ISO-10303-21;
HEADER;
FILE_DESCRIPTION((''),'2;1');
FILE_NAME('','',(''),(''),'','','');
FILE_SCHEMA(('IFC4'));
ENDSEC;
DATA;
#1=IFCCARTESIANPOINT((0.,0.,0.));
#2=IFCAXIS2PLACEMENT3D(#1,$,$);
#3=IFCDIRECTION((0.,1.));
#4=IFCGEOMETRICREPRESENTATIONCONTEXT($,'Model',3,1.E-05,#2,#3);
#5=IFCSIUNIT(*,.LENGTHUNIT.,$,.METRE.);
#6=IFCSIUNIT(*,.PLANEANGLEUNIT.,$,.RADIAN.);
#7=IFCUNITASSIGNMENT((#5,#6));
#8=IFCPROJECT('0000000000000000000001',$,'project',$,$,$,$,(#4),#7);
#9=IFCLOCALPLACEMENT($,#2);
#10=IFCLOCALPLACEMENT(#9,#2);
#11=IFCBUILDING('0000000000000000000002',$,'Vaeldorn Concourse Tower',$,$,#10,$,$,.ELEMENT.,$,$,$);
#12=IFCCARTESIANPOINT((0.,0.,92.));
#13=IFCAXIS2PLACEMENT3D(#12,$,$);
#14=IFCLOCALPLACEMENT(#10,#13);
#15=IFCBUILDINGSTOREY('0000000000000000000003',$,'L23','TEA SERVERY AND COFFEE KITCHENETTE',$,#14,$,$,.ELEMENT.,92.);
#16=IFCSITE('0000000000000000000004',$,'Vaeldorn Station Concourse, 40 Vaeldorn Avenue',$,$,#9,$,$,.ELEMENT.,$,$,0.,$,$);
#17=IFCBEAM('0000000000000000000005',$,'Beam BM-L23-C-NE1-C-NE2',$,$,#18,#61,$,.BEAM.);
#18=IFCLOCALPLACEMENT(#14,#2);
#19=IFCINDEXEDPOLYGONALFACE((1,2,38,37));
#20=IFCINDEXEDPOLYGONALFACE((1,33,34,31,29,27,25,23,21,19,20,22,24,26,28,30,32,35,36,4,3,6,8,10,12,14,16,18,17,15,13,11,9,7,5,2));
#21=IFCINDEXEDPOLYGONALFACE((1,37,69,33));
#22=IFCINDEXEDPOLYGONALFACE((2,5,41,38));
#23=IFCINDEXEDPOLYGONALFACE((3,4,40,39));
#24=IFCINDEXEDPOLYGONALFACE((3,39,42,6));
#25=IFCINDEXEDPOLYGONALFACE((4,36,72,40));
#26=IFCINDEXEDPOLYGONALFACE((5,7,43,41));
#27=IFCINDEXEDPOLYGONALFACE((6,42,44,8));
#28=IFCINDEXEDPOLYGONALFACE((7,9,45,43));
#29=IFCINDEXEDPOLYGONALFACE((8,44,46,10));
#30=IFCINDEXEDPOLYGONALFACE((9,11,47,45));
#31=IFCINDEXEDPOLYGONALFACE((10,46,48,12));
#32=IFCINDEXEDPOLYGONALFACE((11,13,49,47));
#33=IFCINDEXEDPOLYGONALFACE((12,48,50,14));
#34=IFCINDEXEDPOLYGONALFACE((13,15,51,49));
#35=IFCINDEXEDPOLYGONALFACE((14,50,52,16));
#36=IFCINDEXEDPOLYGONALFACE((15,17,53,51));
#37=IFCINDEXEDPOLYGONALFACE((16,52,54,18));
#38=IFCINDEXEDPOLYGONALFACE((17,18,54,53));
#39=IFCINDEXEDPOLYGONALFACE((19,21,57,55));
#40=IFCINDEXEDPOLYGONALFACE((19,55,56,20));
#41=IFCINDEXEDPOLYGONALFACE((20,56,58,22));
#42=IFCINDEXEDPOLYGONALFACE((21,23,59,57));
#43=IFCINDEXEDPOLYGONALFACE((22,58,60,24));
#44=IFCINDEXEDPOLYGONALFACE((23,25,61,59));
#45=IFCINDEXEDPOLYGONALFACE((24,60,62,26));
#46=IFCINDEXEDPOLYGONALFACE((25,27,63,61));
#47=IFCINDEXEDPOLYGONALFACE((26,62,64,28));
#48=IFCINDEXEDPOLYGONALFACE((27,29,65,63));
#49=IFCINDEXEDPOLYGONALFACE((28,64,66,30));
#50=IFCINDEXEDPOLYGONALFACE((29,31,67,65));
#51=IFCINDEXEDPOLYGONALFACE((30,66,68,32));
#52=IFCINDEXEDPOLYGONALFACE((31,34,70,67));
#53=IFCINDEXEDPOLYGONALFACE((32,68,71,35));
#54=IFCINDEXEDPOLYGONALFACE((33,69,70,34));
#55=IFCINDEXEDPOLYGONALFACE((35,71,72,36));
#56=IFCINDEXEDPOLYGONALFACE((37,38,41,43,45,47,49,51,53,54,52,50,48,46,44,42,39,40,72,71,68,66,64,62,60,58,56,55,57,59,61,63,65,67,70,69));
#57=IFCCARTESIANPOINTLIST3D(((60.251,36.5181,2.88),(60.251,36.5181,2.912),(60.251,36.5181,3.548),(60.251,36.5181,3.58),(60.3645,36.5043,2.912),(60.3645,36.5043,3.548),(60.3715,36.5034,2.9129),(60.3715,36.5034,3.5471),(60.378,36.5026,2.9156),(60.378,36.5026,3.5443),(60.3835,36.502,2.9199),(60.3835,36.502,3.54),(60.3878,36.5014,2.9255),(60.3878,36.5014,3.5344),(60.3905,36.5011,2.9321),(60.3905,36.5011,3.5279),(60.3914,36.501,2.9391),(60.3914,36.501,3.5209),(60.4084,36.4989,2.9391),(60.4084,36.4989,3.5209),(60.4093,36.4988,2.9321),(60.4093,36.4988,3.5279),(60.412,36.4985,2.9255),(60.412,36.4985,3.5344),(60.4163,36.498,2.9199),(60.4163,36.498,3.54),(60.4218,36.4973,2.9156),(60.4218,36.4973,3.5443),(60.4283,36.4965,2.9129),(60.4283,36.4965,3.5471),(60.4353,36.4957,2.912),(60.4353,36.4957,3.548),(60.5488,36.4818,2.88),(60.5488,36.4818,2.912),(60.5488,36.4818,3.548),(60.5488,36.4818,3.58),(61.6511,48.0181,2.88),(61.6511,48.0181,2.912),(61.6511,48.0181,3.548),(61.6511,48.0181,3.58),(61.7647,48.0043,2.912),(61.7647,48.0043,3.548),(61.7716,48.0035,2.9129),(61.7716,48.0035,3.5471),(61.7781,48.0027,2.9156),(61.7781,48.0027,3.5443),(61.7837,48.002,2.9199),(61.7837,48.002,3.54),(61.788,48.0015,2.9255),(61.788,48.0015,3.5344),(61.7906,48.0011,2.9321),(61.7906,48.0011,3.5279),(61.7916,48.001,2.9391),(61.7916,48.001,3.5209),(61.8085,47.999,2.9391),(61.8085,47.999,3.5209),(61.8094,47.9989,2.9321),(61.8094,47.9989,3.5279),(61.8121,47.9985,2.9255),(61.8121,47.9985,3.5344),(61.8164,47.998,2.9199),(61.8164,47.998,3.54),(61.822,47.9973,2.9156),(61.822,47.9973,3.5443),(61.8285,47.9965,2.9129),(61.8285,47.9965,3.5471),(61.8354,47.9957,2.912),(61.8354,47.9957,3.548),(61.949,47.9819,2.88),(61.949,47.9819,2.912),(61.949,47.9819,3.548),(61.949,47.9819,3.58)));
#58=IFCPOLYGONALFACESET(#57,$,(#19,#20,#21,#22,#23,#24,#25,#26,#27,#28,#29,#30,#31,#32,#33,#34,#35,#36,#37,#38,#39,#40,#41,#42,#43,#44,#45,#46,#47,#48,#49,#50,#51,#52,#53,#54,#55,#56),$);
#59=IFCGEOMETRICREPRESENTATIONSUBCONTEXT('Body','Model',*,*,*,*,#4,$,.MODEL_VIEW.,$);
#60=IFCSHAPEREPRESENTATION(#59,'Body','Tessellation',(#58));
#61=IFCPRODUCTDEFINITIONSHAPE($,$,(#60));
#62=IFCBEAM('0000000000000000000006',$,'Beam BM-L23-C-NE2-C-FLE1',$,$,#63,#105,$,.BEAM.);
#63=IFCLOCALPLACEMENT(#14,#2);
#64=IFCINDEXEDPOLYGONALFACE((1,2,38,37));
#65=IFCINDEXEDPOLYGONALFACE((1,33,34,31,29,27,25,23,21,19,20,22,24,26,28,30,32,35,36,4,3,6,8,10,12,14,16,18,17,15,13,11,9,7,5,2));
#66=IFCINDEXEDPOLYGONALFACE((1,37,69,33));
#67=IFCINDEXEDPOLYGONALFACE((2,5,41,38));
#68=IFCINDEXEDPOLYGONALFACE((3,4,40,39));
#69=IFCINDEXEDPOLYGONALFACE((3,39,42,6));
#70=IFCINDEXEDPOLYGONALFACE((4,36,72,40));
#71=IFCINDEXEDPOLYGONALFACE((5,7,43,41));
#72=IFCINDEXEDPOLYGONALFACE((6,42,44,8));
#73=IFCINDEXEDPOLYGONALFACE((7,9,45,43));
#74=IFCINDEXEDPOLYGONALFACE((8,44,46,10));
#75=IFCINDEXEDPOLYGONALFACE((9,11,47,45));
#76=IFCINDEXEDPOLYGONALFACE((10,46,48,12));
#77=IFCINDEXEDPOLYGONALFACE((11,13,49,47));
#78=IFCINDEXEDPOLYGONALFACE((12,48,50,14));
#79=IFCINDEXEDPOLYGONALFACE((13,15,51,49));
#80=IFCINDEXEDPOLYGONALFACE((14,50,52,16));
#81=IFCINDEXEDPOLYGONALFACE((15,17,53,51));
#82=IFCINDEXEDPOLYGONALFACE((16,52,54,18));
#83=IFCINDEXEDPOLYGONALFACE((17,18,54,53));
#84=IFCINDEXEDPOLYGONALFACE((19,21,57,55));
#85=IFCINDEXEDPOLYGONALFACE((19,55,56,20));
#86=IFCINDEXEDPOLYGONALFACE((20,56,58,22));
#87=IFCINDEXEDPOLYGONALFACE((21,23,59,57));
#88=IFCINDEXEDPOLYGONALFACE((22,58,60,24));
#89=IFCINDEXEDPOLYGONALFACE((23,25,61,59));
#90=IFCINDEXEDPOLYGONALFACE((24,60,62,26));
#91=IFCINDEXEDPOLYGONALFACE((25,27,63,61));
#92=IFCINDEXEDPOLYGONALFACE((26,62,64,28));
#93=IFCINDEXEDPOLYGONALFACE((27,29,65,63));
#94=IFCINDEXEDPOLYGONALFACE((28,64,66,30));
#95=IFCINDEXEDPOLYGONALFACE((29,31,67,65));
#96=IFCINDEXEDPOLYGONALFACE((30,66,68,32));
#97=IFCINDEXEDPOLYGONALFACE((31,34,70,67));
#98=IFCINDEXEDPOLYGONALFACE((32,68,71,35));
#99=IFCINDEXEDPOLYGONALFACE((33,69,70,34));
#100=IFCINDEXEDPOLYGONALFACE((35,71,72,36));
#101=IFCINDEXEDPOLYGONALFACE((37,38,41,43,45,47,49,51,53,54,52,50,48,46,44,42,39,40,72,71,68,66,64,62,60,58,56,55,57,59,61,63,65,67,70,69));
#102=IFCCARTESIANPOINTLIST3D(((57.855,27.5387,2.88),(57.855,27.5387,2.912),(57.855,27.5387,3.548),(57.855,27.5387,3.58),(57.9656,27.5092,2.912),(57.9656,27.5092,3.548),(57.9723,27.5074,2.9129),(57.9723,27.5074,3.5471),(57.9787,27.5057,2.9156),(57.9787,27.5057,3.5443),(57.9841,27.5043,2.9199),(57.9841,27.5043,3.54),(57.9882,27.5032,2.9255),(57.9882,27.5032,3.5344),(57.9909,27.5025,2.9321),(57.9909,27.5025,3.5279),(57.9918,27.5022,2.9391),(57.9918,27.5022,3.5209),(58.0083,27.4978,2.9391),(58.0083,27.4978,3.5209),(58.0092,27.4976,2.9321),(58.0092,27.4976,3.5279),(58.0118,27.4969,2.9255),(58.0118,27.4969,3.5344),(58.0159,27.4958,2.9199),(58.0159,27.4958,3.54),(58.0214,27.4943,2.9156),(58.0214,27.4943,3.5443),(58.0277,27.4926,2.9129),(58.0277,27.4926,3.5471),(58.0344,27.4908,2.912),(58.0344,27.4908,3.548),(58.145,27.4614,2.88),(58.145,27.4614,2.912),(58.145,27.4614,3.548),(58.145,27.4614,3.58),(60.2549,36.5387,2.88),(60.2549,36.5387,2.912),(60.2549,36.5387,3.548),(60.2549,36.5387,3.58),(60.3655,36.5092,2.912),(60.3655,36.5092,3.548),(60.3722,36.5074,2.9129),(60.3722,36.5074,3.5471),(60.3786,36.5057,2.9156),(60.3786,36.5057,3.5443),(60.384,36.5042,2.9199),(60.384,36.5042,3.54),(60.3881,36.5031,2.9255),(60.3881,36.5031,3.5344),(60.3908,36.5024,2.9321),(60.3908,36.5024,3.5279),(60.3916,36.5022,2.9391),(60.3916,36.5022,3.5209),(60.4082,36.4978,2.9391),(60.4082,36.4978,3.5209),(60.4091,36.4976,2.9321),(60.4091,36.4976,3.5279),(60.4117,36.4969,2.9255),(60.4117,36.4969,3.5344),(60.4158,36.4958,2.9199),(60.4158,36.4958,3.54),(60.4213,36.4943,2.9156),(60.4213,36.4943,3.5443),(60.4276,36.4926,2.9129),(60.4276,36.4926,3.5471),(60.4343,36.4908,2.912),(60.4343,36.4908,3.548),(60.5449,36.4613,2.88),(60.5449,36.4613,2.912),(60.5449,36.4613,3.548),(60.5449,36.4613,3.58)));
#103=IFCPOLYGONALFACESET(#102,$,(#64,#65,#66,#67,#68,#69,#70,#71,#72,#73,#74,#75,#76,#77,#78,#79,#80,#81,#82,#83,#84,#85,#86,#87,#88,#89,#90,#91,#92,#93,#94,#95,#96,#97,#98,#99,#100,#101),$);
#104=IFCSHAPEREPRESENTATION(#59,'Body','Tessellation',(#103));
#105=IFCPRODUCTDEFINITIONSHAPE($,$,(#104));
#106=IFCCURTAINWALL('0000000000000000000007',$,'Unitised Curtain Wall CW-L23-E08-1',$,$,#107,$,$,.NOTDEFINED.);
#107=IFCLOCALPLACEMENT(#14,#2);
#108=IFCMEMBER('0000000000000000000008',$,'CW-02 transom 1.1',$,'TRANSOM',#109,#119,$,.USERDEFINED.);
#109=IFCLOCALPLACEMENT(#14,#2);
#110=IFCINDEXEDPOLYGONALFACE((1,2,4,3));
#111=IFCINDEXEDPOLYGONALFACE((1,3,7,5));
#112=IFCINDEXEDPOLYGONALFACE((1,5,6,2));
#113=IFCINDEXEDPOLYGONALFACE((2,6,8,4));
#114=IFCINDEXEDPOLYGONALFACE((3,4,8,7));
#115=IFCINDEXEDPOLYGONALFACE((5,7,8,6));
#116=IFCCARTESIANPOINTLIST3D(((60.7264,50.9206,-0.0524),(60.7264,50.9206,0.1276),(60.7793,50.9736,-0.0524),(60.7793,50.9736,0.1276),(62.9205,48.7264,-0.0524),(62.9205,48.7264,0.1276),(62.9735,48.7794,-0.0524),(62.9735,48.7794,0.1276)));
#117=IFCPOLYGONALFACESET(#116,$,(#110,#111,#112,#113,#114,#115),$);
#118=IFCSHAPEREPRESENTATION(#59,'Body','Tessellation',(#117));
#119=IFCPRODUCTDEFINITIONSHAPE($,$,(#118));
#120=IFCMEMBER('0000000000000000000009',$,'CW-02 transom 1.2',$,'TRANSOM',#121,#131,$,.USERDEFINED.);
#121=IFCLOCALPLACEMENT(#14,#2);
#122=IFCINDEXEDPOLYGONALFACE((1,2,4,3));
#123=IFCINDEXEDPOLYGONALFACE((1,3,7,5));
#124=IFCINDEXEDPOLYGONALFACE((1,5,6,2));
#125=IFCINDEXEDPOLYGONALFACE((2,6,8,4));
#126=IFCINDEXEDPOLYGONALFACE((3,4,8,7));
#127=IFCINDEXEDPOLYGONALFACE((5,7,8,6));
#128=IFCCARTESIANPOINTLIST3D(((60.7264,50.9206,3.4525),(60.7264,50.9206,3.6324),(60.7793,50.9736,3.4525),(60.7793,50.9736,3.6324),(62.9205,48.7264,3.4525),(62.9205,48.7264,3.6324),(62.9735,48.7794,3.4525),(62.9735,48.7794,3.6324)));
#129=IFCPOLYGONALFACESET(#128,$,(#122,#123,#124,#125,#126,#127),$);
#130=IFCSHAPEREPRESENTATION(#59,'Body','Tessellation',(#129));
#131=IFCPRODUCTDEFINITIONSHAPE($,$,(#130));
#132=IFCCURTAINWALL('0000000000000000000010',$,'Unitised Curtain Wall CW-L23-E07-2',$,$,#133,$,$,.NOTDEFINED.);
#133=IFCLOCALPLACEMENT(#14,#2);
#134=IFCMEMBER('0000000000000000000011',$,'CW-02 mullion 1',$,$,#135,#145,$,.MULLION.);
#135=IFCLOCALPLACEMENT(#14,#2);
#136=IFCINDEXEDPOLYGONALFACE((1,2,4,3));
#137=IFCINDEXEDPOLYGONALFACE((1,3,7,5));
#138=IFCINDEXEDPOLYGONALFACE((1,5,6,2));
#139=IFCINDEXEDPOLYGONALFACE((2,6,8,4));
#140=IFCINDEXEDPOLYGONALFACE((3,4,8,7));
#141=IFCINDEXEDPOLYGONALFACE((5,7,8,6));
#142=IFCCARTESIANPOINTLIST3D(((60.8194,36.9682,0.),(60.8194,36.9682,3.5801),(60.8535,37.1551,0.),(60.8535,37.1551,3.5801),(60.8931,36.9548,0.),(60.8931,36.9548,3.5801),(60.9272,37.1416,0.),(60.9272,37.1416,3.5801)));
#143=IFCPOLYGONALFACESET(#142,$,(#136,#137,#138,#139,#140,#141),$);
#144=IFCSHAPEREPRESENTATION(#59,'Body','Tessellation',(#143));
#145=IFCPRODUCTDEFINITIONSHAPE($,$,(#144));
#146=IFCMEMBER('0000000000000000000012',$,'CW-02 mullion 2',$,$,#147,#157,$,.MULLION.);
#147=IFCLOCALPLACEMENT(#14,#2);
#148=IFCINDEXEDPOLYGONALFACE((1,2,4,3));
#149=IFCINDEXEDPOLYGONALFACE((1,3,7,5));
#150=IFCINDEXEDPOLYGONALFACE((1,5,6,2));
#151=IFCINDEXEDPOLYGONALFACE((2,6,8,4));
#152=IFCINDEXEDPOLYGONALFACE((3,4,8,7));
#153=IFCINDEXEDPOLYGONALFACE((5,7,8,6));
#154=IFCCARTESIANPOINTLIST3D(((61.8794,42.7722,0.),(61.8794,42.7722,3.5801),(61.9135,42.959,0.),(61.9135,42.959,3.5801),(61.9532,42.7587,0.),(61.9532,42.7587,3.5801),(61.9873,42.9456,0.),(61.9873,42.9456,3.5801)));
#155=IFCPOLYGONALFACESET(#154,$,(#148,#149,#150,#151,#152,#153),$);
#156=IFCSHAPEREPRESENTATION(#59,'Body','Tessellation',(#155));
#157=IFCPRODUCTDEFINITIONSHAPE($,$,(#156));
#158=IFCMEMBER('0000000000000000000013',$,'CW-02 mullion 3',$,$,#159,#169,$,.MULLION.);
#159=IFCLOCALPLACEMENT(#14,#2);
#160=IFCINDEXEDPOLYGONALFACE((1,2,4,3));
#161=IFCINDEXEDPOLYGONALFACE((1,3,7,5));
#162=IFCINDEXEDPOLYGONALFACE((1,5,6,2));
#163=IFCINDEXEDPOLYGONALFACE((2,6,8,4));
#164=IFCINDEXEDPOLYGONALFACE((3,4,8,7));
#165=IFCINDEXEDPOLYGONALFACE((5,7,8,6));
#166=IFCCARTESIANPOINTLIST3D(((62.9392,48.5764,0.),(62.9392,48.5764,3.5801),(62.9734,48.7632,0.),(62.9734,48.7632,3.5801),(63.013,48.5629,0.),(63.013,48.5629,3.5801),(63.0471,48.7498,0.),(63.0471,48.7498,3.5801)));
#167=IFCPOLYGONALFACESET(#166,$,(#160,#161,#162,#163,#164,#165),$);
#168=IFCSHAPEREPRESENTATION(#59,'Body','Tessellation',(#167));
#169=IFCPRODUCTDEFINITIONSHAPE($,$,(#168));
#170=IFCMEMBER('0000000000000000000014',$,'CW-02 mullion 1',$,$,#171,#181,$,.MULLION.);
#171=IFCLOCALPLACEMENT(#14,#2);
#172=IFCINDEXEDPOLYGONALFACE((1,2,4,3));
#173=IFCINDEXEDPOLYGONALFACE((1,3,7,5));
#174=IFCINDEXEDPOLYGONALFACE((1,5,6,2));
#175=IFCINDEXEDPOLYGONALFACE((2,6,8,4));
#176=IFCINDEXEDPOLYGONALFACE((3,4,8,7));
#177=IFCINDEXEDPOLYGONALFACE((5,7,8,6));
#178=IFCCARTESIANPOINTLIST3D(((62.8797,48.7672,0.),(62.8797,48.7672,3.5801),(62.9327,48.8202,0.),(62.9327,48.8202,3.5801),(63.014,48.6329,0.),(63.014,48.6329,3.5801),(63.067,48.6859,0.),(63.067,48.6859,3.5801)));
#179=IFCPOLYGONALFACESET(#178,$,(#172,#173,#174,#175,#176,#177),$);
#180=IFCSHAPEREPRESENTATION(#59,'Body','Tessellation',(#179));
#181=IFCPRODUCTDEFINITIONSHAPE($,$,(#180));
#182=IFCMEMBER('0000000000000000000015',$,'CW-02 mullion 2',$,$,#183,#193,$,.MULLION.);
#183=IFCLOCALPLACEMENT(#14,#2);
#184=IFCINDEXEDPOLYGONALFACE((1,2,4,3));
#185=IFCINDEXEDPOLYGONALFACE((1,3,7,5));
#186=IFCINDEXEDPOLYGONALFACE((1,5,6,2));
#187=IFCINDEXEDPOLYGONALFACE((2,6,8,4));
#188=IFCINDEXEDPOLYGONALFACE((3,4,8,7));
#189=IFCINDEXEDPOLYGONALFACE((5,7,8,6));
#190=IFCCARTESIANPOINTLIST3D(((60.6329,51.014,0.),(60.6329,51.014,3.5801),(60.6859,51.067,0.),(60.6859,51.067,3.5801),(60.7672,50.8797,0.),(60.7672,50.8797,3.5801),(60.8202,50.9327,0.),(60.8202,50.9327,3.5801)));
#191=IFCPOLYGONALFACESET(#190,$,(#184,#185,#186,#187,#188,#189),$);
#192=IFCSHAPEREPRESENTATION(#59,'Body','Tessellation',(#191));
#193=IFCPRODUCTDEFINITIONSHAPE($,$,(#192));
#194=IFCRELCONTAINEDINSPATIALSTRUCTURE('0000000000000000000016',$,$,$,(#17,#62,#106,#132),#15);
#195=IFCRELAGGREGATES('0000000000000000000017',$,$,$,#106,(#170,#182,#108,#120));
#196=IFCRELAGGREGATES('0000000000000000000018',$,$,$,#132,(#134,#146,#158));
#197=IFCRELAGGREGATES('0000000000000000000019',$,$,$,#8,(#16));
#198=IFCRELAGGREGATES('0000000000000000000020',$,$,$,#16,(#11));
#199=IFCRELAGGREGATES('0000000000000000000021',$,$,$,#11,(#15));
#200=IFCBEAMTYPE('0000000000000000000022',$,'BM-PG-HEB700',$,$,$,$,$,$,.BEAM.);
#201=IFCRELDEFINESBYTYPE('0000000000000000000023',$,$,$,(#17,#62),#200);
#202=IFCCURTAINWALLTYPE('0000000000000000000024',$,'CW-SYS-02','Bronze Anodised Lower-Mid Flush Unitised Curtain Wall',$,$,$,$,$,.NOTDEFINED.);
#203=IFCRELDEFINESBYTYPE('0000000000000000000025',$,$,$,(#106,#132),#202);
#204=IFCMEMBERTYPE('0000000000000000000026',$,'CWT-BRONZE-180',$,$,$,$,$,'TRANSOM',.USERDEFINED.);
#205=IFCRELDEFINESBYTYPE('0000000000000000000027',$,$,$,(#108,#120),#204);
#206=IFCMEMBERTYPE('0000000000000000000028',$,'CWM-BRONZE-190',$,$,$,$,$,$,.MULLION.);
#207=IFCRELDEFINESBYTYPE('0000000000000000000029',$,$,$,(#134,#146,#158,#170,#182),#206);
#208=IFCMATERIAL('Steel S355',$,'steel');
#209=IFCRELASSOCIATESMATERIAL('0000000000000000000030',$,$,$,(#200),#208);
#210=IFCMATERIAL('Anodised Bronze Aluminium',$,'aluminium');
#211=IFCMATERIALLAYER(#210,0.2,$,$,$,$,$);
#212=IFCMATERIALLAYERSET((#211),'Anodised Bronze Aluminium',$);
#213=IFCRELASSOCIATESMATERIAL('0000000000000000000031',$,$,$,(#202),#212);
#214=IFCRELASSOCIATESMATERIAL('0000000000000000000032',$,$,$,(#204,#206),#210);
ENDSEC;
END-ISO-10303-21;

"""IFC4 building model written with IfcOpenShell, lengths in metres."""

from ifc_helpers import new_model, si_unit, direction, frame, origin, origin_2d, place, context, subcontext, project, spatial, rectangle, i_section, extrude, source, transform, mapped, material, layer, layer_set, material_profile, profile_set, type_object, element, aggregate, save


model = new_model("IFC4")

# Units and contexts
model_context = context("Model", 3, precision=1e-05, world=origin(), true_north=direction((0.0, 1.0)))
body_context = subcontext(model_context, "Body", "Model", "MODEL_VIEW")
ifc_project = project(units=[si_unit("LENGTHUNIT", "METRE"), si_unit("PLANEANGLEUNIT", "RADIAN")], contexts=[model_context])

# Site, building, storey
site_placement = place(None, origin())
site = spatial("IfcSite", under=ifc_project, at=site_placement, Name="Vaeldorn Station Concourse, 40 Vaeldorn Avenue", CompositionType="ELEMENT", RefElevation=0.0)
building_placement = place(site_placement, origin())
building = spatial("IfcBuilding", under=site, at=building_placement, Name="Vaeldorn Concourse Tower", CompositionType="ELEMENT")
storey_placement = place(building_placement, frame((0.0, 0.0, 92.0)))
storey = spatial("IfcBuildingStorey", under=building, at=storey_placement, Name="L23", Description="TEA SERVERY AND COFFEE KITCHENETTE", CompositionType="ELEMENT", Elevation=92.0)

# Beams
ifc_material_1 = material(Name="Steel S355", Category="steel")
ifc_material_profile_1 = material_profile(ifc_material_1, i_section(OverallWidth=0.3, OverallDepth=0.7, WebThickness=0.0171, FlangeThickness=0.032, FilletRadius=0.0271, at=origin_2d()), Name="HEB 700")
ifc_profile_set_1 = profile_set([ifc_material_profile_1], Name="Steel S355")
beam_type = type_object("IfcBeamType", Name="BM-PG-HEB700", PredefinedType="BEAM", material=ifc_profile_set_1)
shared_shape_1 = source(origin(), body_context, "Body", "SweptSolid", [
    extrude(i_section(OverallWidth=0.3, OverallDepth=0.7, WebThickness=0.0171, FlangeThickness=0.032, FilletRadius=0.0271, at=origin_2d()), origin(), (0.0, 0.0, 1.0), 11.585),
])
beam_1_placement = place(storey_placement, frame((61.8, 48.0, 3.23), z_axis=(-0.120859, -0.99267, 0.0), x_axis=(0.99267, -0.120859, 0.0)))
element("IfcBeam", 1, at=beam_1_placement, inside=storey, type_object=beam_type, Name="Beam BM-L23-C-NE1-C-NE2", PredefinedType="BEAM", context=body_context, shape_type="MappedRepresentation", body=[
    mapped(shared_shape_1, transform((0.0, 0.0, 0.0), scale=1.0)),
])
shared_shape_2 = source(origin(), body_context, "Body", "SweptSolid", [
    extrude(i_section(OverallWidth=0.3, OverallDepth=0.7, WebThickness=0.0171, FlangeThickness=0.032, FilletRadius=0.0271, at=origin_2d()), origin(), (0.0, 0.0, 1.0), 9.3145),
])
beam_2_placement = place(storey_placement, frame((60.3999, 36.5, 3.23), z_axis=(-0.257653, -0.966238, 0.0), x_axis=(0.966238, -0.257653, 0.0)))
element("IfcBeam", 2, at=beam_2_placement, inside=storey, type_object=beam_type, Name="Beam BM-L23-C-NE2-C-FLE1", PredefinedType="BEAM", context=body_context, shape_type="MappedRepresentation", body=[
    mapped(shared_shape_2, transform((0.0, 0.0, 0.0), scale=1.0)),
])

# Curtain walls, members
ifc_material_2 = material(Name="Anodised Bronze Aluminium", Category="aluminium")
ifc_layer_1 = layer(ifc_material_2, 0.2)
ifc_layer_set_1 = layer_set([ifc_layer_1], Name="Anodised Bronze Aluminium")
curtain_wall_type = type_object("IfcCurtainWallType", Name="CW-SYS-02", Description="Bronze Anodised Lower-Mid Flush Unitised Curtain Wall", PredefinedType="NOTDEFINED", material=ifc_layer_set_1)
curtain_wall_1_placement = place(storey_placement, origin())
curtain_wall_1 = element("IfcCurtainWall", 3, at=curtain_wall_1_placement, inside=storey, type_object=curtain_wall_type, Name="Unitised Curtain Wall CW-L23-E08-1", PredefinedType="NOTDEFINED")
ifc_material_profile_2 = material_profile(ifc_material_2, rectangle(XDim=0.075, YDim=0.1799, at=origin_2d()), Name="CWT 75x180")
ifc_profile_set_2 = profile_set([ifc_material_profile_2], Name="Anodised Bronze Aluminium")
member_type_1 = type_object("IfcMemberType", Name="CWT-BRONZE-180", ElementType="TRANSOM", PredefinedType="USERDEFINED", material=ifc_profile_set_2)
shared_shape_3 = source(origin(), body_context, "Body", "SweptSolid", [
    extrude(rectangle(XDim=0.075, YDim=0.1799, at=origin_2d()), origin(), (0.0, 0.0, 1.0), 3.103),
])
member_1_placement = place(storey_placement, frame((62.947, 48.7529, 0.0376), z_axis=(-0.707107, 0.707107, 0.0), x_axis=(-0.707107, -0.707107, 0.0)))
member_1 = element("IfcMember", 4, at=member_1_placement, type_object=member_type_1, Name="CW-02 transom 1.1", ObjectType="TRANSOM", PredefinedType="USERDEFINED", context=body_context, shape_type="MappedRepresentation", body=[
    mapped(shared_shape_3, transform((0.0, 0.0, 0.0), scale=1.0)),
])
member_2_placement = place(storey_placement, frame((62.947, 48.7529, 3.5425), z_axis=(-0.707107, 0.707107, 0.0), x_axis=(-0.707107, -0.707107, 0.0)))
member_2 = element("IfcMember", 5, at=member_2_placement, type_object=member_type_1, Name="CW-02 transom 1.2", ObjectType="TRANSOM", PredefinedType="USERDEFINED", context=body_context, shape_type="MappedRepresentation", body=[
    mapped(shared_shape_3, transform((0.0, 0.0, 0.0), scale=1.0)),
])
curtain_wall_2_placement = place(storey_placement, origin())
curtain_wall_2 = element("IfcCurtainWall", 6, at=curtain_wall_2_placement, inside=storey, type_object=curtain_wall_type, Name="Unitised Curtain Wall CW-L23-E07-2", PredefinedType="NOTDEFINED")
ifc_material_profile_3 = material_profile(ifc_material_2, rectangle(XDim=0.075, YDim=0.1899, at=origin_2d()), Name="CWM 75x190")
ifc_profile_set_3 = profile_set([ifc_material_profile_3], Name="Anodised Bronze Aluminium")
member_type_2 = type_object("IfcMemberType", Name="CWM-BRONZE-190", PredefinedType="MULLION", material=ifc_profile_set_3)
shared_shape_4 = source(origin(), body_context, "Body", "SweptSolid", [
    extrude(rectangle(XDim=0.075, YDim=0.1899, at=origin_2d()), origin(), (0.0, 0.0, 1.0), 3.5801),
])
member_3_placement = place(storey_placement, frame((60.8733, 37.0549, 0.0), z_axis=(0.0, 0.0, 1.0), x_axis=(-0.983729, 0.17966, 0.0)))
member_3 = element("IfcMember", 7, at=member_3_placement, type_object=member_type_2, Name="CW-02 mullion 1", PredefinedType="MULLION", context=body_context, shape_type="MappedRepresentation", body=[
    mapped(shared_shape_4, transform((0.0, 0.0, 0.0), scale=1.0)),
])
member_4_placement = place(storey_placement, frame((61.9333, 42.8589, 0.0), z_axis=(0.0, 0.0, 1.0), x_axis=(-0.983729, 0.17966, 0.0)))
member_4 = element("IfcMember", 8, at=member_4_placement, type_object=member_type_2, Name="CW-02 mullion 2", PredefinedType="MULLION", context=body_context, shape_type="MappedRepresentation", body=[
    mapped(shared_shape_4, transform((0.0, 0.0, 0.0), scale=1.0)),
])
member_5_placement = place(storey_placement, frame((62.9932, 48.6631, 0.0), z_axis=(0.0, 0.0, 1.0), x_axis=(-0.983729, 0.17966, 0.0)))
member_5 = element("IfcMember", 9, at=member_5_placement, type_object=member_type_2, Name="CW-02 mullion 3", PredefinedType="MULLION", context=body_context, shape_type="MappedRepresentation", body=[
    mapped(shared_shape_4, transform((0.0, 0.0, 0.0), scale=1.0)),
])

# Members
member_6_placement = place(storey_placement, frame((62.9734, 48.7266, 0.0), z_axis=(0.0, 0.0, 1.0), x_axis=(-0.707107, -0.707107, 0.0)))
member_6 = element("IfcMember", 10, at=member_6_placement, type_object=member_type_2, Name="CW-02 mullion 1", PredefinedType="MULLION", context=body_context, shape_type="MappedRepresentation", body=[
    mapped(shared_shape_4, transform((0.0, 0.0, 0.0), scale=1.0)),
])
member_7_placement = place(storey_placement, frame((60.7266, 50.9734, 0.0), z_axis=(0.0, 0.0, 1.0), x_axis=(-0.707107, -0.707107, 0.0)))
member_7 = element("IfcMember", 11, at=member_7_placement, type_object=member_type_2, Name="CW-02 mullion 2", PredefinedType="MULLION", context=body_context, shape_type="MappedRepresentation", body=[
    mapped(shared_shape_4, transform((0.0, 0.0, 0.0), scale=1.0)),
])

aggregate(curtain_wall_1, [member_6, member_7, member_1, member_2])
aggregate(curtain_wall_2, [member_3, member_4, member_5])

save(model, "model.ifc")
